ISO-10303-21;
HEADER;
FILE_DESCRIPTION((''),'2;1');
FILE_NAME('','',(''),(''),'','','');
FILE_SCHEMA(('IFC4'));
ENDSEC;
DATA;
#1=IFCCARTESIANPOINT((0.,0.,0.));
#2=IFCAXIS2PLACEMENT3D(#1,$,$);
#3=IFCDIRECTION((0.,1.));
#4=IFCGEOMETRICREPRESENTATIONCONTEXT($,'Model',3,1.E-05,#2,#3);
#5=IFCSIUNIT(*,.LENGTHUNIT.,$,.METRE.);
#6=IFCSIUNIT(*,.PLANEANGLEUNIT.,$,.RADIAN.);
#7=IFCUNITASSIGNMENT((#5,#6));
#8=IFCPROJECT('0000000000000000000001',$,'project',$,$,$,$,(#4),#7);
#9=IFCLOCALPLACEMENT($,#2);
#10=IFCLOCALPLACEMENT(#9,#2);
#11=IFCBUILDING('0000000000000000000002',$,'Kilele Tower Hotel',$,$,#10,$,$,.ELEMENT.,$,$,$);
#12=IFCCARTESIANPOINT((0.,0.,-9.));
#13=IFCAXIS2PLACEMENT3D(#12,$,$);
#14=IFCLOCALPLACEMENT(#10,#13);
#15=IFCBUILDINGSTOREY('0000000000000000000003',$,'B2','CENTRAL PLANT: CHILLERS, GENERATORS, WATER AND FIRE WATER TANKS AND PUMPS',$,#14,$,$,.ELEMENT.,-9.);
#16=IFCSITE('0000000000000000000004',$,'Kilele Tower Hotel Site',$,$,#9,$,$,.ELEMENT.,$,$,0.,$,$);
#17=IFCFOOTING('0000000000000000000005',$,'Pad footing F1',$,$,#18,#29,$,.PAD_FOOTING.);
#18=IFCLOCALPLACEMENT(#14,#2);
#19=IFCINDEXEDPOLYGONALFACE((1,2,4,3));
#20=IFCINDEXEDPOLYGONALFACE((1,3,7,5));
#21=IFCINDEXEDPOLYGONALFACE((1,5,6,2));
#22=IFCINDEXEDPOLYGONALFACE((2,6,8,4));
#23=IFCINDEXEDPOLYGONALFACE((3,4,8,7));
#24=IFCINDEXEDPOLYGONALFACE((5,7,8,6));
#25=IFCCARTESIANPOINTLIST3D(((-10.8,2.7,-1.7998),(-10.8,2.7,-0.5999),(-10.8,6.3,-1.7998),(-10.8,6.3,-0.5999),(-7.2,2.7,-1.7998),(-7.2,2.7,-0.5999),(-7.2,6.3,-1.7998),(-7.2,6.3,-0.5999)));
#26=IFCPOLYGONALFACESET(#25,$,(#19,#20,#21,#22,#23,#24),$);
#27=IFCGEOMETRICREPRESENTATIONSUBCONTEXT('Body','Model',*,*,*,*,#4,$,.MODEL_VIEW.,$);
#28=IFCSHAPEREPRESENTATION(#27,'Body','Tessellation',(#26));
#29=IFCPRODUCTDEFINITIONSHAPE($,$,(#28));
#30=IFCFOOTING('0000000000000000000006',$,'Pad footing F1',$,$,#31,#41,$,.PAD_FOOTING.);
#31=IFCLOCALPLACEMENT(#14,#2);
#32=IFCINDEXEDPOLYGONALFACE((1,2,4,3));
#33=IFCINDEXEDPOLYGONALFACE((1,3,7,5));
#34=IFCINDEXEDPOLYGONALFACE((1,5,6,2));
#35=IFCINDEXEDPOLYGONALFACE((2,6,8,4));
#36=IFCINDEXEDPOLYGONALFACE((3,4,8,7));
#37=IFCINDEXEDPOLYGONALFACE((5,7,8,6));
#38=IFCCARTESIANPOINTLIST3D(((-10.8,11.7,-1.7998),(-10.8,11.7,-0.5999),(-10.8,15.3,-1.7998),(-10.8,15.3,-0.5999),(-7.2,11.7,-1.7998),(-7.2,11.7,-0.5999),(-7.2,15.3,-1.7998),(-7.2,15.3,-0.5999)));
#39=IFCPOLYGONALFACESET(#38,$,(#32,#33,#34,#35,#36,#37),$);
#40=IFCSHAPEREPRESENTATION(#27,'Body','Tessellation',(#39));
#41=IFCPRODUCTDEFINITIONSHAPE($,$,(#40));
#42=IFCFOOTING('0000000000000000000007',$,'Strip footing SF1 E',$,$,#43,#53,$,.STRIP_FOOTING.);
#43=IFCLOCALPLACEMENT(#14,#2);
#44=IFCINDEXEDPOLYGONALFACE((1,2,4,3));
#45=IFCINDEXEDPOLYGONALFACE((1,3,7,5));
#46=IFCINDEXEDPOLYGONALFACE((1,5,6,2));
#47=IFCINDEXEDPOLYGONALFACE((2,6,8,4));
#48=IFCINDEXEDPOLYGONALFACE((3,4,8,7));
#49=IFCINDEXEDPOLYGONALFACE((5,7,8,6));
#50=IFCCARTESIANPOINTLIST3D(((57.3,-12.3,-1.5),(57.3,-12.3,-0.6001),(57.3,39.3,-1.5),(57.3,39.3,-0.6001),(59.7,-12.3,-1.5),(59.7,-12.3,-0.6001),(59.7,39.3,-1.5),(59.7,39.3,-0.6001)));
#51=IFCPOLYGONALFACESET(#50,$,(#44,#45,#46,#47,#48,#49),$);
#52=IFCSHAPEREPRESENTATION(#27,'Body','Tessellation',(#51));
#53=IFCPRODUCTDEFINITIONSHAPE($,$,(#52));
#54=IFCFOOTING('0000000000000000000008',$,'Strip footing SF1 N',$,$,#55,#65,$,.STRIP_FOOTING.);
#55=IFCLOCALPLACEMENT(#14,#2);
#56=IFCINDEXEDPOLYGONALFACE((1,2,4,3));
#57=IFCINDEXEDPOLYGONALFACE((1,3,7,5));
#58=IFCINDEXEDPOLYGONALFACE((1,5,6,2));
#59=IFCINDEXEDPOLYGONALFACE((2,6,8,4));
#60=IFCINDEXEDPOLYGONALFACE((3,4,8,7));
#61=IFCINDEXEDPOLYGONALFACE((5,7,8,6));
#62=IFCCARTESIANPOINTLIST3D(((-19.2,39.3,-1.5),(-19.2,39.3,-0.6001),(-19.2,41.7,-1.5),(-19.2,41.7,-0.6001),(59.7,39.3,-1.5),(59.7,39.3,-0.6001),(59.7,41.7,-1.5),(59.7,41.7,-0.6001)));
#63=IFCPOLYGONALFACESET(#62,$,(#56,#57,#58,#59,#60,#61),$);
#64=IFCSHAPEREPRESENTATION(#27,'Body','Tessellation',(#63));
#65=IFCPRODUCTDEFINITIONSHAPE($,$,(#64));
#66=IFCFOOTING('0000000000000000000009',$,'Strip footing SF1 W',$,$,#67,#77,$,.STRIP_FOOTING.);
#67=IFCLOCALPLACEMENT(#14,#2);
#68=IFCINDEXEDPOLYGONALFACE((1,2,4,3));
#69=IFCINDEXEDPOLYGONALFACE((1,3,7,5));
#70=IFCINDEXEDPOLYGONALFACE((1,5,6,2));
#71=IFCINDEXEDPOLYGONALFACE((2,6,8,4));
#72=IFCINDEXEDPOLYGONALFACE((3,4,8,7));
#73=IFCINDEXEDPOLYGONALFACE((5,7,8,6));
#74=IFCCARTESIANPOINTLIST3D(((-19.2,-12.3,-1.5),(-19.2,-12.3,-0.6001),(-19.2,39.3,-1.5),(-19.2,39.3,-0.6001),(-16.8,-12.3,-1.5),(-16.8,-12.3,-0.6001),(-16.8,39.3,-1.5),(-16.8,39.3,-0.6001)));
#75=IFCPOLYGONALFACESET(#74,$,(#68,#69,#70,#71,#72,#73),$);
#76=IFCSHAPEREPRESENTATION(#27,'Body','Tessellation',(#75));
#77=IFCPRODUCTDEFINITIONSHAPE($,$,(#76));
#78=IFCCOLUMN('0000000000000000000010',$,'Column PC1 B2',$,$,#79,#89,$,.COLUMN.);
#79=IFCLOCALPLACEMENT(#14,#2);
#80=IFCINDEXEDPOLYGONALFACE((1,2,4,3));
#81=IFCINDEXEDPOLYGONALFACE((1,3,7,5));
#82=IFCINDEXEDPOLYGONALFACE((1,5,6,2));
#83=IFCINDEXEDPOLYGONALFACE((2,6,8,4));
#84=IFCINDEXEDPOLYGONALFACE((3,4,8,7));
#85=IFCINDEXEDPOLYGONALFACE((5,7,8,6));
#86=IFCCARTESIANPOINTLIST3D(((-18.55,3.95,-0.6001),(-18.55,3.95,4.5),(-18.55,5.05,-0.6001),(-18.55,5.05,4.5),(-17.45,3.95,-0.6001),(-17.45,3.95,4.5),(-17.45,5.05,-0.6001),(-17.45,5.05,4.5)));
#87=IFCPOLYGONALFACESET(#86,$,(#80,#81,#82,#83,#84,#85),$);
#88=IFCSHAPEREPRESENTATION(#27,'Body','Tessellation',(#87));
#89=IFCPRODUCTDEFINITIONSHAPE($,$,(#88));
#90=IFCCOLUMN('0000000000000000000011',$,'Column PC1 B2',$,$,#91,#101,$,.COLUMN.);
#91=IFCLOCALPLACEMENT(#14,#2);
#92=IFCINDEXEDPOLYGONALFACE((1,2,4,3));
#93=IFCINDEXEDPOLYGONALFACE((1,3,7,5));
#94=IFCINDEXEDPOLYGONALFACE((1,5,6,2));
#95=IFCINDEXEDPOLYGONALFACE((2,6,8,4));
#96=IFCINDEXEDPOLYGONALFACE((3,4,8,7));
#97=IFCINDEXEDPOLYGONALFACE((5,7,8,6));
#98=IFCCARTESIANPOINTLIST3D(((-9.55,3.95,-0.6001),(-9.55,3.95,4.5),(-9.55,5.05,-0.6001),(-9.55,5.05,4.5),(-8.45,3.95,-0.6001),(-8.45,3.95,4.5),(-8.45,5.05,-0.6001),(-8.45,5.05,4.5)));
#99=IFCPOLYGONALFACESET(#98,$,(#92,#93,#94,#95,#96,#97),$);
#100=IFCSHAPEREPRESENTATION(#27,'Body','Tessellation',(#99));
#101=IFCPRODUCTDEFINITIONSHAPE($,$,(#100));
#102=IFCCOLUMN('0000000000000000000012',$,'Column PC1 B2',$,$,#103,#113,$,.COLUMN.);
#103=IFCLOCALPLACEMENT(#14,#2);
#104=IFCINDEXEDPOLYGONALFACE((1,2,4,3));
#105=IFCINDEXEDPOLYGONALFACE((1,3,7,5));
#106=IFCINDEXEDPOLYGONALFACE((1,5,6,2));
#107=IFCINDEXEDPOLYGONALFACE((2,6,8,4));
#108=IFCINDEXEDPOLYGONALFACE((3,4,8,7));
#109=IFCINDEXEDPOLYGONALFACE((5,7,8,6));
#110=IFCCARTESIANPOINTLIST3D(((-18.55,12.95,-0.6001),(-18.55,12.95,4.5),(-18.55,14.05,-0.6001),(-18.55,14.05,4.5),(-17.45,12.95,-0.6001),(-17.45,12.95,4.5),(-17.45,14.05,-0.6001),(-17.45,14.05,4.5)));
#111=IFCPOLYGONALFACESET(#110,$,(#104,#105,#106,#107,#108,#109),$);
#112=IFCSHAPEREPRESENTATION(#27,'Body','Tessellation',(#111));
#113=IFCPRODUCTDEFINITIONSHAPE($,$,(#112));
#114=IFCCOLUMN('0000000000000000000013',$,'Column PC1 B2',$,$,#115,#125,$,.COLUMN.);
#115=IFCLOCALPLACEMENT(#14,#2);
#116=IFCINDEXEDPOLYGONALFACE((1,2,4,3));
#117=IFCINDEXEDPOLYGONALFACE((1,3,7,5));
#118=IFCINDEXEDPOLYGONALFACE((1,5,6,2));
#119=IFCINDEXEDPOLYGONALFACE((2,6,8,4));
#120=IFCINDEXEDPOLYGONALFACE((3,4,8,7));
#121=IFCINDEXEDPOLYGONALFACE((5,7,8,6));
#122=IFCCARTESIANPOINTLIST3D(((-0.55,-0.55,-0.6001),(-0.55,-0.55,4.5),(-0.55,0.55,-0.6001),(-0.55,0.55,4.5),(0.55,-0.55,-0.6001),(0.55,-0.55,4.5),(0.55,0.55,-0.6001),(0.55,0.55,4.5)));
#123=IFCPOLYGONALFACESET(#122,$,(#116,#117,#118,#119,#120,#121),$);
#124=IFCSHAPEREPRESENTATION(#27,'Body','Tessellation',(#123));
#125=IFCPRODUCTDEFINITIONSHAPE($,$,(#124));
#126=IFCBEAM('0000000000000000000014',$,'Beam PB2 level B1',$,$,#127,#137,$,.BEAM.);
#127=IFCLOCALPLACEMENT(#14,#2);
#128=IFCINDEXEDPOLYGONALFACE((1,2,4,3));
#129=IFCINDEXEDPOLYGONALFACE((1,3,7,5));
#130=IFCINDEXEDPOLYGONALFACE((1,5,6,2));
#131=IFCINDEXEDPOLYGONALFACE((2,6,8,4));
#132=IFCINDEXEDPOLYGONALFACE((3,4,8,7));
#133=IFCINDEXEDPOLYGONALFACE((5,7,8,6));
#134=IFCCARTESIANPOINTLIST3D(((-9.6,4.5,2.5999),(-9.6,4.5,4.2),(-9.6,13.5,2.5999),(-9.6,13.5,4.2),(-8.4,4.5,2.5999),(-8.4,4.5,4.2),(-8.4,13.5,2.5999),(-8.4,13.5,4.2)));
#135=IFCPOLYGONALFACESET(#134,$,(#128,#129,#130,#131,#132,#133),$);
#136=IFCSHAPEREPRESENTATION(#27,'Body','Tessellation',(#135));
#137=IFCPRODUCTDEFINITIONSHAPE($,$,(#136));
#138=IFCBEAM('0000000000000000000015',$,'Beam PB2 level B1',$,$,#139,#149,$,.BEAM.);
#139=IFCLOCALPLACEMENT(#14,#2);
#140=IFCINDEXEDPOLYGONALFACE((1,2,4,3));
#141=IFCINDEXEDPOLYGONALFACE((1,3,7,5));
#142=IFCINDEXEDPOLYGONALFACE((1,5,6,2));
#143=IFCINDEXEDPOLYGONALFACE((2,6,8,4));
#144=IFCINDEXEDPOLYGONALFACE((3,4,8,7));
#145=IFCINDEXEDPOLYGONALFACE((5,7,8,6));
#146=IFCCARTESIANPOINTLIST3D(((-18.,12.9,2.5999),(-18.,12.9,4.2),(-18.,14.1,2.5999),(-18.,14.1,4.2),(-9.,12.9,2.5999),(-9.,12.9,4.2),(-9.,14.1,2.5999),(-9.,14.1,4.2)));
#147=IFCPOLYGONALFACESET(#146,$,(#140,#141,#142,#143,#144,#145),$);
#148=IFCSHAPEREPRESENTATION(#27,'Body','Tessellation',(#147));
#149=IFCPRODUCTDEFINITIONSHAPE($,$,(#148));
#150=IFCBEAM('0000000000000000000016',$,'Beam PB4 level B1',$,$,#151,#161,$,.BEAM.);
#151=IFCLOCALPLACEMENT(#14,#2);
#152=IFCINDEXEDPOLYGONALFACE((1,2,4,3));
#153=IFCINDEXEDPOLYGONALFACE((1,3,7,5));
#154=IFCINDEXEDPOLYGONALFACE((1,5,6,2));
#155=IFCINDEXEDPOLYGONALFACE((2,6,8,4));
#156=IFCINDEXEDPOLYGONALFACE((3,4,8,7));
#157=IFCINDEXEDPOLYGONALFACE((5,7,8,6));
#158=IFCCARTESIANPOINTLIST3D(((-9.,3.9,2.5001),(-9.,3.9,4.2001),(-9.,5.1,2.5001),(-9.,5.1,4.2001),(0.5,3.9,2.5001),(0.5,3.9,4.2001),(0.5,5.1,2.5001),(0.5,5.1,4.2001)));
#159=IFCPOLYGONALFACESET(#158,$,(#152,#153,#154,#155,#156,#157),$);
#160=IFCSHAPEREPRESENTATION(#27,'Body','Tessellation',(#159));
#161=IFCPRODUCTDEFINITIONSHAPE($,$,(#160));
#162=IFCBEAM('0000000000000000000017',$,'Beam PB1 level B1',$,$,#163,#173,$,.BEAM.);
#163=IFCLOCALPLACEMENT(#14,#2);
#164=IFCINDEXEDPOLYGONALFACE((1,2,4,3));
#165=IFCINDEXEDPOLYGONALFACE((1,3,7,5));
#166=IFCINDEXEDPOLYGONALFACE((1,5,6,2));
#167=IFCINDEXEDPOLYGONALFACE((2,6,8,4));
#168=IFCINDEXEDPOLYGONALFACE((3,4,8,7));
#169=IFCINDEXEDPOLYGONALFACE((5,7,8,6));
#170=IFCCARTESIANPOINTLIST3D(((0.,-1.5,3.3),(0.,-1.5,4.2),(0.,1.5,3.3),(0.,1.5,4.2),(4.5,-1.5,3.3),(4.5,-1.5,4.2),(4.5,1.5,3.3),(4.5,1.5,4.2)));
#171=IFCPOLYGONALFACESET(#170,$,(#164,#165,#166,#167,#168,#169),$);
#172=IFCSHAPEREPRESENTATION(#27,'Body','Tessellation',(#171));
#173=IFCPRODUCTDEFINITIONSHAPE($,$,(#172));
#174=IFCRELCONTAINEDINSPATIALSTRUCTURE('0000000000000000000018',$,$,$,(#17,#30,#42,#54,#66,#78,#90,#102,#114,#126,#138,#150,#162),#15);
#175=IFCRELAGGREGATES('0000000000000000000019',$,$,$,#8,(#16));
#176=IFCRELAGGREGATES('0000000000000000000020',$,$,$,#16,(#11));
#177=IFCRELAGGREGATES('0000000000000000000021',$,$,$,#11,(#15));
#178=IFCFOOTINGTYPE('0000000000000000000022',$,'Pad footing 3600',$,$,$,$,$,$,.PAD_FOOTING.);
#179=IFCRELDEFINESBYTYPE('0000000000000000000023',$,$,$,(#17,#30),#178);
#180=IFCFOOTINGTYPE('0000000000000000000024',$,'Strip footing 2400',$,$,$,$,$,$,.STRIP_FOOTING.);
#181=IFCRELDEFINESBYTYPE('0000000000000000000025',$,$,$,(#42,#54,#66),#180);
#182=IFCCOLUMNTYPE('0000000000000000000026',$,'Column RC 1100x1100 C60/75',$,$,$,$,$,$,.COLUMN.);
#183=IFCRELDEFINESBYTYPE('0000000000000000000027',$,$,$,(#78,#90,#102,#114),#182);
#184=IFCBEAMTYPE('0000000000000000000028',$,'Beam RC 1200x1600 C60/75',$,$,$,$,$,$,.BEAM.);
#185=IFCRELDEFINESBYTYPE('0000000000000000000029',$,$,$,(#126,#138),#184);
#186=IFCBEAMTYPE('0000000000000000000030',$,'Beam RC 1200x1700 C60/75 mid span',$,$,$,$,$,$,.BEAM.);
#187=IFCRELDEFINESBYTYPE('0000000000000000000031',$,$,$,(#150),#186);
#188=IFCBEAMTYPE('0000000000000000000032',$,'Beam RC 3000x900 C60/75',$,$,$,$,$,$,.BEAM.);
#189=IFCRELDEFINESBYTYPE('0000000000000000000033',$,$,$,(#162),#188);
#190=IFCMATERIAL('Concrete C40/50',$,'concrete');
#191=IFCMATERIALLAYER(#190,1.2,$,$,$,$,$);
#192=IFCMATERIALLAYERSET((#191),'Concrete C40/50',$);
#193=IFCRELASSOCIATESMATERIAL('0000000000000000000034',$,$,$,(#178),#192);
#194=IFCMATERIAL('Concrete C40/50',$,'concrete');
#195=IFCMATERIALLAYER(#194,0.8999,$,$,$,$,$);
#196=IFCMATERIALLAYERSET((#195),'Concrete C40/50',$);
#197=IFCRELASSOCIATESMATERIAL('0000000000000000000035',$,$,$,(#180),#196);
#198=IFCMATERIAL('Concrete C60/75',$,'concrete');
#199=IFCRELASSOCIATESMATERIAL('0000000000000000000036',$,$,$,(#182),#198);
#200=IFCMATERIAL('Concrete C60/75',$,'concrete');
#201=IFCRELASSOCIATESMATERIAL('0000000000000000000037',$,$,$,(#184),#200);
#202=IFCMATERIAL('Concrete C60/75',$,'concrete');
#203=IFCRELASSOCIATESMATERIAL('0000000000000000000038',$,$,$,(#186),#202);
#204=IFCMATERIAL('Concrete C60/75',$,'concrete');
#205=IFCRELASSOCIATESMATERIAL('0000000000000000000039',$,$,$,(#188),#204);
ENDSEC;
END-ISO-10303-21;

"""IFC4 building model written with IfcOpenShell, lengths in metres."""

from ifc_helpers import new_model, si_unit, direction, frame, origin, origin_2d, place, context, subcontext, project, spatial, polyline, rectangle, outline, extrude, material, layer, layer_set, material_profile, profile_set, type_object, element, save


model = new_model("IFC4")

# Units and contexts
model_context = context("Model", 3, precision=1e-05, world=origin(), true_north=direction((0.0, 1.0)))
body_context = subcontext(model_context, "Body", "Model", "MODEL_VIEW")
ifc_project = project(units=[si_unit("LENGTHUNIT", "METRE"), si_unit("PLANEANGLEUNIT", "RADIAN")], contexts=[model_context])

# Site, building, storey
site_placement = place(None, origin())
site = spatial("IfcSite", under=ifc_project, at=site_placement, Name="Kilele Tower Hotel Site", CompositionType="ELEMENT", RefElevation=0.0)
building_placement = place(site_placement, origin())
building = spatial("IfcBuilding", under=site, at=building_placement, Name="Kilele Tower Hotel", CompositionType="ELEMENT")
storey_placement = place(building_placement, frame((0.0, 0.0, -9.0)))
storey = spatial("IfcBuildingStorey", under=building, at=storey_placement, Name="B2", Description="CENTRAL PLANT: CHILLERS, GENERATORS, WATER AND FIRE WATER TANKS AND PUMPS", CompositionType="ELEMENT", Elevation=-9.0)

# Footings
ifc_material_1 = material(Name="Concrete C40/50", Category="concrete")
ifc_layer_1 = layer(ifc_material_1, 1.2)
ifc_layer_set_1 = layer_set([ifc_layer_1], Name="Concrete C40/50")
footing_type_1 = type_object("IfcFootingType", Name="Pad footing 3600", PredefinedType="PAD_FOOTING", material=ifc_layer_set_1)
for number, where, z_axis, x_axis, name in (
    (1, (-9.0, 4.5, -1.7998), (0.0, 0.0, 1.0), (1.0, 0.0, 0.0), "Pad footing F1"),
    (2, (-9.0, 13.5, -1.7998), (0.0, 0.0, 1.0), (1.0, 0.0, 0.0), "Pad footing F1"),
):
    element("IfcFooting", number, at=place(storey_placement, frame(where, z_axis=z_axis, x_axis=x_axis)), inside=storey, type_object=footing_type_1, Name=name, PredefinedType="PAD_FOOTING", context=body_context, shape_type="SweptSolid", body=[
        extrude(rectangle(XDim=3.6001, YDim=3.6001, at=origin_2d()), origin(), (0.0, 0.0, 1.0), 1.2),
    ])
ifc_material_2 = material(Name="Concrete C40/50", Category="concrete")
ifc_layer_2 = layer(ifc_material_2, 0.8999)
ifc_layer_set_2 = layer_set([ifc_layer_2], Name="Concrete C40/50")
footing_type_2 = type_object("IfcFootingType", Name="Strip footing 2400", PredefinedType="STRIP_FOOTING", material=ifc_layer_set_2)
footing_1_placement = place(storey_placement, frame((0.0, 0.0, -1.5)))
element("IfcFooting", 3, at=footing_1_placement, inside=storey, type_object=footing_type_2, Name="Strip footing SF1 E", PredefinedType="STRIP_FOOTING", context=body_context, shape_type="SweptSolid", body=[
    extrude(outline(polyline([(57.3, -12.3), (59.7, -12.3), (59.7, 39.3), (57.3, 39.3), (57.3, -12.3)])), origin(), (0.0, 0.0, 1.0), 0.8999),
])
footing_2_placement = place(storey_placement, frame((0.0, 0.0, -1.5)))
element("IfcFooting", 4, at=footing_2_placement, inside=storey, type_object=footing_type_2, Name="Strip footing SF1 N", PredefinedType="STRIP_FOOTING", context=body_context, shape_type="SweptSolid", body=[
    extrude(outline(polyline([(-19.2, 39.3), (59.7, 39.3), (59.7, 41.7), (-19.2, 41.7), (-19.2, 39.3)])), origin(), (0.0, 0.0, 1.0), 0.8999),
])
footing_3_placement = place(storey_placement, frame((0.0, 0.0, -1.5)))
element("IfcFooting", 5, at=footing_3_placement, inside=storey, type_object=footing_type_2, Name="Strip footing SF1 W", PredefinedType="STRIP_FOOTING", context=body_context, shape_type="SweptSolid", body=[
    extrude(outline(polyline([(-19.2, -12.3), (-16.8, -12.3), (-16.8, 39.3), (-19.2, 39.3), (-19.2, -12.3)])), origin(), (0.0, 0.0, 1.0), 0.8999),
])

# Columns
ifc_material_3 = material(Name="Concrete C60/75", Category="concrete")
ifc_material_profile_1 = material_profile(ifc_material_3, rectangle(XDim=1.1001, YDim=1.1001, at=origin_2d()))
ifc_profile_set_1 = profile_set([ifc_material_profile_1], Name="Concrete C60/75")
column_type = type_object("IfcColumnType", Name="Column RC 1100x1100 C60/75", PredefinedType="COLUMN", material=ifc_profile_set_1)
for number, where, z_axis, x_axis, name in (
    (6, (-18.0, 4.5, -0.6001), (0.0, 0.0, 1.0), (1.0, 0.0, 0.0), "Column PC1 B2"),
    (7, (-9.0, 4.5, -0.6001), (0.0, 0.0, 1.0), (1.0, 0.0, 0.0), "Column PC1 B2"),
    (8, (-18.0, 13.5, -0.6001), (0.0, 0.0, 1.0), (1.0, 0.0, 0.0), "Column PC1 B2"),
    (9, (0.0, 0.0, -0.6001), (0.0, 0.0, 1.0), (1.0, 0.0, 0.0), "Column PC1 B2"),
):
    element("IfcColumn", number, at=place(storey_placement, frame(where, z_axis=z_axis, x_axis=x_axis)), inside=storey, type_object=column_type, Name=name, PredefinedType="COLUMN", context=body_context, shape_type="SweptSolid", body=[
        extrude(rectangle(XDim=1.1001, YDim=1.1001, at=origin_2d()), origin(), (0.0, 0.0, 1.0), 5.1001),
    ])

# Beams
ifc_material_4 = material(Name="Concrete C60/75", Category="concrete")
ifc_material_profile_2 = material_profile(ifc_material_4, rectangle(XDim=1.2, YDim=1.6001, at=origin_2d()))
ifc_profile_set_2 = profile_set([ifc_material_profile_2], Name="Concrete C60/75")
beam_type_1 = type_object("IfcBeamType", Name="Beam RC 1200x1600 C60/75", PredefinedType="BEAM", material=ifc_profile_set_2)
for number, where, z_axis, x_axis, name in (
    (10, (-9.0, 4.5, 3.3999), (0.0, 1.0, 0.0), (-1.0, 0.0, 0.0), "Beam PB2 level B1"),
    (11, (-18.0, 13.5, 3.3999), (1.0, 0.0, 0.0), (0.0, 1.0, 0.0), "Beam PB2 level B1"),
):
    element("IfcBeam", number, at=place(storey_placement, frame(where, z_axis=z_axis, x_axis=x_axis)), inside=storey, type_object=beam_type_1, Name=name, PredefinedType="BEAM", context=body_context, shape_type="SweptSolid", body=[
        extrude(rectangle(XDim=1.2, YDim=1.6001, at=origin_2d()), origin(), (0.0, 0.0, 1.0), 9.0),
    ])
ifc_material_5 = material(Name="Concrete C60/75", Category="concrete")
ifc_material_profile_3 = material_profile(ifc_material_5, rectangle(XDim=1.2, YDim=1.7, at=origin_2d()))
ifc_profile_set_3 = profile_set([ifc_material_profile_3], Name="Concrete C60/75")
beam_type_2 = type_object("IfcBeamType", Name="Beam RC 1200x1700 C60/75 mid span", PredefinedType="BEAM", material=ifc_profile_set_3)
beam_1_placement = place(storey_placement, frame((-9.0, 4.5, 3.3501), z_axis=(1.0, 0.0, 0.0), x_axis=(0.0, 1.0, 0.0)))
element("IfcBeam", 12, at=beam_1_placement, inside=storey, type_object=beam_type_2, Name="Beam PB4 level B1", PredefinedType="BEAM", context=body_context, shape_type="SweptSolid", body=[
    extrude(rectangle(XDim=1.2, YDim=1.7, at=origin_2d()), origin(), (0.0, 0.0, 1.0), 9.5),
])
ifc_material_6 = material(Name="Concrete C60/75", Category="concrete")
ifc_material_profile_4 = material_profile(ifc_material_6, rectangle(XDim=3.0, YDim=0.8999, at=origin_2d()))
ifc_profile_set_4 = profile_set([ifc_material_profile_4], Name="Concrete C60/75")
beam_type_3 = type_object("IfcBeamType", Name="Beam RC 3000x900 C60/75", PredefinedType="BEAM", material=ifc_profile_set_4)
beam_2_placement = place(storey_placement, frame((0.0, 0.0, 3.75), z_axis=(1.0, 0.0, 0.0), x_axis=(0.0, 1.0, 0.0)))
element("IfcBeam", 13, at=beam_2_placement, inside=storey, type_object=beam_type_3, Name="Beam PB1 level B1", PredefinedType="BEAM", context=body_context, shape_type="SweptSolid", body=[
    extrude(rectangle(XDim=3.0, YDim=0.8999, at=origin_2d()), origin(), (0.0, 0.0, 1.0), 4.5),
])

save(model, "model.ifc")
